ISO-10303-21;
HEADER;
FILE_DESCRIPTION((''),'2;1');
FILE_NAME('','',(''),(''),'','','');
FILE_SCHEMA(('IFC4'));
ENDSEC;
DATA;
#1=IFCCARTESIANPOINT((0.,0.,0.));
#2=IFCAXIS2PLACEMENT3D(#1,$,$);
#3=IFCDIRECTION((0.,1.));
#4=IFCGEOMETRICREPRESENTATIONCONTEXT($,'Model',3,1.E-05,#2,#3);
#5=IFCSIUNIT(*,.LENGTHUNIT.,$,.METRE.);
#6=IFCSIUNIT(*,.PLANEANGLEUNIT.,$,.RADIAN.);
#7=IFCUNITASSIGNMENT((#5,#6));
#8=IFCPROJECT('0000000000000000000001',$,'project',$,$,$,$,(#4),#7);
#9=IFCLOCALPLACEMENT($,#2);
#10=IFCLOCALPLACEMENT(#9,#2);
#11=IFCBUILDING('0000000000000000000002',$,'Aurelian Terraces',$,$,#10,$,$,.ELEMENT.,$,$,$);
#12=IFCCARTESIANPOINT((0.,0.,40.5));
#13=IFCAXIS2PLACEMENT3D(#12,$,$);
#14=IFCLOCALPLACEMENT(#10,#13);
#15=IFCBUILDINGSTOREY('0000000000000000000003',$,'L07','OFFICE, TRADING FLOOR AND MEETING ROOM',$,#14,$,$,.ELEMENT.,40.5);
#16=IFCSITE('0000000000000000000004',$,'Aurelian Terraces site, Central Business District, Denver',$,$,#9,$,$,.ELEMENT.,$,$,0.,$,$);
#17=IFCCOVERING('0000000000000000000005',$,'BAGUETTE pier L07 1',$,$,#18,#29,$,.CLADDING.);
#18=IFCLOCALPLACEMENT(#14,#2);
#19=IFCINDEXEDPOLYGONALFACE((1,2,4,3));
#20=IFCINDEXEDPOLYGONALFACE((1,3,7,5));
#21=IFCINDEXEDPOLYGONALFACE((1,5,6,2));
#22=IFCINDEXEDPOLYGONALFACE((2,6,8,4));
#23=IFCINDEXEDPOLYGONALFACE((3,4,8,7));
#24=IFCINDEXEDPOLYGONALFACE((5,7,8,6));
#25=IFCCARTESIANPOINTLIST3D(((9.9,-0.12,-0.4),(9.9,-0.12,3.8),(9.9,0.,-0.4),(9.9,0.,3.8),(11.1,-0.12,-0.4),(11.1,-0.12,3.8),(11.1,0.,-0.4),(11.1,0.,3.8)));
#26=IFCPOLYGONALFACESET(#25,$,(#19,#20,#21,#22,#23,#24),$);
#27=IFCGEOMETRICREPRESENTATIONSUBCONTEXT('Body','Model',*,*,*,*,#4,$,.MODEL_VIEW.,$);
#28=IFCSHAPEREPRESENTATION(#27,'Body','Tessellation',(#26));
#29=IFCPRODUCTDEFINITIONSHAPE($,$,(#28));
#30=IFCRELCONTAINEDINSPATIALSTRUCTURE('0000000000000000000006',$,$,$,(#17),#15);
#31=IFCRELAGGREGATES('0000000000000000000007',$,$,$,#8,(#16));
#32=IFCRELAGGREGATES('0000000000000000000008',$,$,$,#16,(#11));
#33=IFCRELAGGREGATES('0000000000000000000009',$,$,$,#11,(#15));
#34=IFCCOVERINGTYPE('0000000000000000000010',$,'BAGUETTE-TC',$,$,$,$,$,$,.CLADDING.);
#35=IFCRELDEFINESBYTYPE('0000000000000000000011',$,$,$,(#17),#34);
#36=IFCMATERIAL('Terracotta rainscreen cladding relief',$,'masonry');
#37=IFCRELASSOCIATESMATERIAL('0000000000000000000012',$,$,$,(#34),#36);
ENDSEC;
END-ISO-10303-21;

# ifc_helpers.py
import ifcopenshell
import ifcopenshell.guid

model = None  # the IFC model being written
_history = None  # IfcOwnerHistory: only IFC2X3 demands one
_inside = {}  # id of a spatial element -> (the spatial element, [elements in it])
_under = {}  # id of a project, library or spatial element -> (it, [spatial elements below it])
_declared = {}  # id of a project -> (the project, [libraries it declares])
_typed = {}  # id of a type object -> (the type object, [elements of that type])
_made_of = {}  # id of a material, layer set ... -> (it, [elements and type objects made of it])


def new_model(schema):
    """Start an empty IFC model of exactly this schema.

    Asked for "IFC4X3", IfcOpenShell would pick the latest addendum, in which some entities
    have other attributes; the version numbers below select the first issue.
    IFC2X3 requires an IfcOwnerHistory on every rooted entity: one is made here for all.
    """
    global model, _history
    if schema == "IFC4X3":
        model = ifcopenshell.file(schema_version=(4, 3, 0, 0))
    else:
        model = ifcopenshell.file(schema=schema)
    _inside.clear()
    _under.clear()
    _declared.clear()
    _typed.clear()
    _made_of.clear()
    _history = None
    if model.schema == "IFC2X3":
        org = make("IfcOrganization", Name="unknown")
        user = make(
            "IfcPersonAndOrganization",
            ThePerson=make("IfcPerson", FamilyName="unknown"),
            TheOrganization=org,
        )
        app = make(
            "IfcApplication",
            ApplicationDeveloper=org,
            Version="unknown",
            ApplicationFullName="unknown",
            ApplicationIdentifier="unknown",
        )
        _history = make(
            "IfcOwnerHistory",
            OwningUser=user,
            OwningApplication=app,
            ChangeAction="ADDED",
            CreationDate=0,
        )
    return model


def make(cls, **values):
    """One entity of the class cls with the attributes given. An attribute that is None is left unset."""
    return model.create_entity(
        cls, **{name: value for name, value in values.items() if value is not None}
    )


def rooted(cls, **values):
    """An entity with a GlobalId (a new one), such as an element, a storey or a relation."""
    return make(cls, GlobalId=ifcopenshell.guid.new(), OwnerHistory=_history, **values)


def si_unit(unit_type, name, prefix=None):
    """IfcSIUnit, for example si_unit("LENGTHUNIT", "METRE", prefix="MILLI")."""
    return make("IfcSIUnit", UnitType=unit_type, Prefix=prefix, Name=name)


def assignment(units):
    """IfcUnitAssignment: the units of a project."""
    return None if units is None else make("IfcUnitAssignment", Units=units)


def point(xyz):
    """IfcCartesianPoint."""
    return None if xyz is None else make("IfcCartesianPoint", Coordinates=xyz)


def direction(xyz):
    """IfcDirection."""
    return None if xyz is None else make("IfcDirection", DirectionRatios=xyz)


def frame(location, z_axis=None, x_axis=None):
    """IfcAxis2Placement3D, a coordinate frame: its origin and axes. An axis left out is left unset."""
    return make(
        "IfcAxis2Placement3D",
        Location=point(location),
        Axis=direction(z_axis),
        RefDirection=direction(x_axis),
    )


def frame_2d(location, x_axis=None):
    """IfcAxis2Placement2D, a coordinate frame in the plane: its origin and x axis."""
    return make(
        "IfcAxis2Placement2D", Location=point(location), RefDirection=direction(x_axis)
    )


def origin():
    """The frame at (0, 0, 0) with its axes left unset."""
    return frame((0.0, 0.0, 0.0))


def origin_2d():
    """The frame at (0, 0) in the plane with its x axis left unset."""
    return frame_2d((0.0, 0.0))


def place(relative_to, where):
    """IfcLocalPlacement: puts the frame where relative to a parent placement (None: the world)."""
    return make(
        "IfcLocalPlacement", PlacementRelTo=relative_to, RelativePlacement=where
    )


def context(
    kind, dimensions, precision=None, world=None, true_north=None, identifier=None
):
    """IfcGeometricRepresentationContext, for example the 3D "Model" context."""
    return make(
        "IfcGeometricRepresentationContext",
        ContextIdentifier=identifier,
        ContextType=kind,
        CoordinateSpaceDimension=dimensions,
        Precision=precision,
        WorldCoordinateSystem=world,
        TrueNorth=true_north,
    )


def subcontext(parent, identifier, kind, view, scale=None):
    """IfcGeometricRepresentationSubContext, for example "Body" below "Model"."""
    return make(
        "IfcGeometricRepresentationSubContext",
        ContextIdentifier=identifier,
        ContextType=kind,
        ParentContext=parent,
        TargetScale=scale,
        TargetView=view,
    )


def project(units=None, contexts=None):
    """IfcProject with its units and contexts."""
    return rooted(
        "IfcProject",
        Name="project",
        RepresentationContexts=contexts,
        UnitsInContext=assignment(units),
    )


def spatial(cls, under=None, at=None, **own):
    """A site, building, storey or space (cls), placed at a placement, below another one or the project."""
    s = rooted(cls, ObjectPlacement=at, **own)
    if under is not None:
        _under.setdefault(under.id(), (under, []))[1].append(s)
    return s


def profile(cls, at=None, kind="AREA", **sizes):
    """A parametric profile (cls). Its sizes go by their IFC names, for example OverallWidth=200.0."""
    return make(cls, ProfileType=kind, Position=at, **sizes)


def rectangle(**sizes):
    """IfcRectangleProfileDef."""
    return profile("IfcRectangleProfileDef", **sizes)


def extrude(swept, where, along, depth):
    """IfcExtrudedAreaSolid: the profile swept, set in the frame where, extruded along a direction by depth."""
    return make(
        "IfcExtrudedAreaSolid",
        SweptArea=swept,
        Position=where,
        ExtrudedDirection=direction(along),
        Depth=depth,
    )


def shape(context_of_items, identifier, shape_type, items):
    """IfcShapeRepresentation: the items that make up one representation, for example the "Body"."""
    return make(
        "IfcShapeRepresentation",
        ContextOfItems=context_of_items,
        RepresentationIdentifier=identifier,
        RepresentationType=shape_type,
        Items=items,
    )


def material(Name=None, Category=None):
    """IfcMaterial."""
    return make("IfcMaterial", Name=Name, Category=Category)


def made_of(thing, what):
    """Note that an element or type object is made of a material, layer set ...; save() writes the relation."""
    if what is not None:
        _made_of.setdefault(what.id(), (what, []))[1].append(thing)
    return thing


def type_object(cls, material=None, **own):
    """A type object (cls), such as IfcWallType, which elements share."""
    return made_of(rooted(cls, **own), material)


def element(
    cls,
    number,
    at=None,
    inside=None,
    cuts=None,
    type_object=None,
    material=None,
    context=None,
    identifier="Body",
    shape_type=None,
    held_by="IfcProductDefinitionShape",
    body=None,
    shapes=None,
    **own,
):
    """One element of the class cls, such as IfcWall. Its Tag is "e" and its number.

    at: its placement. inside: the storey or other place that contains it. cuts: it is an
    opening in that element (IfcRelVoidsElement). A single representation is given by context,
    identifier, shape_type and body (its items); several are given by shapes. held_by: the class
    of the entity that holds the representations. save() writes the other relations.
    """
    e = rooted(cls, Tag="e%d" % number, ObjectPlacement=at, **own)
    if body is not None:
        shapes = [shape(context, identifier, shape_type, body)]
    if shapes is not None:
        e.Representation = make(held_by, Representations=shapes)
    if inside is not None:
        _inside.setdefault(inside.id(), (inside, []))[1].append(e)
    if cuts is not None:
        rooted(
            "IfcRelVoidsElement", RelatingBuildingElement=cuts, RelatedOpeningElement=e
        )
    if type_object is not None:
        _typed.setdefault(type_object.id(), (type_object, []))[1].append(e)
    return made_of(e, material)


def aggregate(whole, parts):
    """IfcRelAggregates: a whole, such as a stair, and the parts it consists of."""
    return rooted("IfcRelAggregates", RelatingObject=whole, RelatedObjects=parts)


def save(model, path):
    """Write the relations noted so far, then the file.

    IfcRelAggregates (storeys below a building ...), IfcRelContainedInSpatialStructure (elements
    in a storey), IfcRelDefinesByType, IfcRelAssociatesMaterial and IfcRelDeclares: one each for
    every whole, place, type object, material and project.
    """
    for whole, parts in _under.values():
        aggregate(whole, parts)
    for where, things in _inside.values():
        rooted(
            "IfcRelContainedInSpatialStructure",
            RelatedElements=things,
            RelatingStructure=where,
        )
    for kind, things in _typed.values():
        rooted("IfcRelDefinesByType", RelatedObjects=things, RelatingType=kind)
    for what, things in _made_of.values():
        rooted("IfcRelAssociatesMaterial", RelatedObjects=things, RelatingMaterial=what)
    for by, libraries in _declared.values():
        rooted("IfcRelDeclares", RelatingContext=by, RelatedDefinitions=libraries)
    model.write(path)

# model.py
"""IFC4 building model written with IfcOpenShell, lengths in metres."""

from ifc_helpers import new_model, si_unit, direction, frame, origin, origin_2d, place, context, subcontext, project, spatial, rectangle, extrude, material, type_object, element, save


model = new_model("IFC4")

# Units and contexts
model_context = context("Model", 3, precision=1e-05, world=origin(), true_north=direction((0.0, 1.0)))
body_context = subcontext(model_context, "Body", "Model", "MODEL_VIEW")
ifc_project = project(units=[si_unit("LENGTHUNIT", "METRE"), si_unit("PLANEANGLEUNIT", "RADIAN")], contexts=[model_context])

# Site, building, storey
site_placement = place(None, origin())
site = spatial("IfcSite", under=ifc_project, at=site_placement, Name="Aurelian Terraces site, Central Business District, Denver", CompositionType="ELEMENT", RefElevation=0.0)
building_placement = place(site_placement, origin())
building = spatial("IfcBuilding", under=site, at=building_placement, Name="Aurelian Terraces", CompositionType="ELEMENT")
storey_placement = place(building_placement, frame((0.0, 0.0, 40.5)))
storey = spatial("IfcBuildingStorey", under=building, at=storey_placement, Name="L07", Description="OFFICE, TRADING FLOOR AND MEETING ROOM", CompositionType="ELEMENT", Elevation=40.5)

# Covering
ifc_material_1 = material(Name="Terracotta rainscreen cladding relief", Category="masonry")
covering_type = type_object("IfcCoveringType", Name="BAGUETTE-TC", PredefinedType="CLADDING", material=ifc_material_1)
covering_placement = place(storey_placement, frame((10.5, -0.06, -0.4), z_axis=(0.0, 0.0, 1.0), x_axis=(1.0, 0.0, 0.0)))
element("IfcCovering", 1, at=covering_placement, inside=storey, type_object=covering_type, Name="BAGUETTE pier L07 1", PredefinedType="CLADDING", context=body_context, shape_type="SweptSolid", body=[
    extrude(rectangle(XDim=1.2, YDim=0.12, at=origin_2d()), origin(), (0.0, 0.0, 1.0), 4.2),
])

save(model, "model.ifc")
